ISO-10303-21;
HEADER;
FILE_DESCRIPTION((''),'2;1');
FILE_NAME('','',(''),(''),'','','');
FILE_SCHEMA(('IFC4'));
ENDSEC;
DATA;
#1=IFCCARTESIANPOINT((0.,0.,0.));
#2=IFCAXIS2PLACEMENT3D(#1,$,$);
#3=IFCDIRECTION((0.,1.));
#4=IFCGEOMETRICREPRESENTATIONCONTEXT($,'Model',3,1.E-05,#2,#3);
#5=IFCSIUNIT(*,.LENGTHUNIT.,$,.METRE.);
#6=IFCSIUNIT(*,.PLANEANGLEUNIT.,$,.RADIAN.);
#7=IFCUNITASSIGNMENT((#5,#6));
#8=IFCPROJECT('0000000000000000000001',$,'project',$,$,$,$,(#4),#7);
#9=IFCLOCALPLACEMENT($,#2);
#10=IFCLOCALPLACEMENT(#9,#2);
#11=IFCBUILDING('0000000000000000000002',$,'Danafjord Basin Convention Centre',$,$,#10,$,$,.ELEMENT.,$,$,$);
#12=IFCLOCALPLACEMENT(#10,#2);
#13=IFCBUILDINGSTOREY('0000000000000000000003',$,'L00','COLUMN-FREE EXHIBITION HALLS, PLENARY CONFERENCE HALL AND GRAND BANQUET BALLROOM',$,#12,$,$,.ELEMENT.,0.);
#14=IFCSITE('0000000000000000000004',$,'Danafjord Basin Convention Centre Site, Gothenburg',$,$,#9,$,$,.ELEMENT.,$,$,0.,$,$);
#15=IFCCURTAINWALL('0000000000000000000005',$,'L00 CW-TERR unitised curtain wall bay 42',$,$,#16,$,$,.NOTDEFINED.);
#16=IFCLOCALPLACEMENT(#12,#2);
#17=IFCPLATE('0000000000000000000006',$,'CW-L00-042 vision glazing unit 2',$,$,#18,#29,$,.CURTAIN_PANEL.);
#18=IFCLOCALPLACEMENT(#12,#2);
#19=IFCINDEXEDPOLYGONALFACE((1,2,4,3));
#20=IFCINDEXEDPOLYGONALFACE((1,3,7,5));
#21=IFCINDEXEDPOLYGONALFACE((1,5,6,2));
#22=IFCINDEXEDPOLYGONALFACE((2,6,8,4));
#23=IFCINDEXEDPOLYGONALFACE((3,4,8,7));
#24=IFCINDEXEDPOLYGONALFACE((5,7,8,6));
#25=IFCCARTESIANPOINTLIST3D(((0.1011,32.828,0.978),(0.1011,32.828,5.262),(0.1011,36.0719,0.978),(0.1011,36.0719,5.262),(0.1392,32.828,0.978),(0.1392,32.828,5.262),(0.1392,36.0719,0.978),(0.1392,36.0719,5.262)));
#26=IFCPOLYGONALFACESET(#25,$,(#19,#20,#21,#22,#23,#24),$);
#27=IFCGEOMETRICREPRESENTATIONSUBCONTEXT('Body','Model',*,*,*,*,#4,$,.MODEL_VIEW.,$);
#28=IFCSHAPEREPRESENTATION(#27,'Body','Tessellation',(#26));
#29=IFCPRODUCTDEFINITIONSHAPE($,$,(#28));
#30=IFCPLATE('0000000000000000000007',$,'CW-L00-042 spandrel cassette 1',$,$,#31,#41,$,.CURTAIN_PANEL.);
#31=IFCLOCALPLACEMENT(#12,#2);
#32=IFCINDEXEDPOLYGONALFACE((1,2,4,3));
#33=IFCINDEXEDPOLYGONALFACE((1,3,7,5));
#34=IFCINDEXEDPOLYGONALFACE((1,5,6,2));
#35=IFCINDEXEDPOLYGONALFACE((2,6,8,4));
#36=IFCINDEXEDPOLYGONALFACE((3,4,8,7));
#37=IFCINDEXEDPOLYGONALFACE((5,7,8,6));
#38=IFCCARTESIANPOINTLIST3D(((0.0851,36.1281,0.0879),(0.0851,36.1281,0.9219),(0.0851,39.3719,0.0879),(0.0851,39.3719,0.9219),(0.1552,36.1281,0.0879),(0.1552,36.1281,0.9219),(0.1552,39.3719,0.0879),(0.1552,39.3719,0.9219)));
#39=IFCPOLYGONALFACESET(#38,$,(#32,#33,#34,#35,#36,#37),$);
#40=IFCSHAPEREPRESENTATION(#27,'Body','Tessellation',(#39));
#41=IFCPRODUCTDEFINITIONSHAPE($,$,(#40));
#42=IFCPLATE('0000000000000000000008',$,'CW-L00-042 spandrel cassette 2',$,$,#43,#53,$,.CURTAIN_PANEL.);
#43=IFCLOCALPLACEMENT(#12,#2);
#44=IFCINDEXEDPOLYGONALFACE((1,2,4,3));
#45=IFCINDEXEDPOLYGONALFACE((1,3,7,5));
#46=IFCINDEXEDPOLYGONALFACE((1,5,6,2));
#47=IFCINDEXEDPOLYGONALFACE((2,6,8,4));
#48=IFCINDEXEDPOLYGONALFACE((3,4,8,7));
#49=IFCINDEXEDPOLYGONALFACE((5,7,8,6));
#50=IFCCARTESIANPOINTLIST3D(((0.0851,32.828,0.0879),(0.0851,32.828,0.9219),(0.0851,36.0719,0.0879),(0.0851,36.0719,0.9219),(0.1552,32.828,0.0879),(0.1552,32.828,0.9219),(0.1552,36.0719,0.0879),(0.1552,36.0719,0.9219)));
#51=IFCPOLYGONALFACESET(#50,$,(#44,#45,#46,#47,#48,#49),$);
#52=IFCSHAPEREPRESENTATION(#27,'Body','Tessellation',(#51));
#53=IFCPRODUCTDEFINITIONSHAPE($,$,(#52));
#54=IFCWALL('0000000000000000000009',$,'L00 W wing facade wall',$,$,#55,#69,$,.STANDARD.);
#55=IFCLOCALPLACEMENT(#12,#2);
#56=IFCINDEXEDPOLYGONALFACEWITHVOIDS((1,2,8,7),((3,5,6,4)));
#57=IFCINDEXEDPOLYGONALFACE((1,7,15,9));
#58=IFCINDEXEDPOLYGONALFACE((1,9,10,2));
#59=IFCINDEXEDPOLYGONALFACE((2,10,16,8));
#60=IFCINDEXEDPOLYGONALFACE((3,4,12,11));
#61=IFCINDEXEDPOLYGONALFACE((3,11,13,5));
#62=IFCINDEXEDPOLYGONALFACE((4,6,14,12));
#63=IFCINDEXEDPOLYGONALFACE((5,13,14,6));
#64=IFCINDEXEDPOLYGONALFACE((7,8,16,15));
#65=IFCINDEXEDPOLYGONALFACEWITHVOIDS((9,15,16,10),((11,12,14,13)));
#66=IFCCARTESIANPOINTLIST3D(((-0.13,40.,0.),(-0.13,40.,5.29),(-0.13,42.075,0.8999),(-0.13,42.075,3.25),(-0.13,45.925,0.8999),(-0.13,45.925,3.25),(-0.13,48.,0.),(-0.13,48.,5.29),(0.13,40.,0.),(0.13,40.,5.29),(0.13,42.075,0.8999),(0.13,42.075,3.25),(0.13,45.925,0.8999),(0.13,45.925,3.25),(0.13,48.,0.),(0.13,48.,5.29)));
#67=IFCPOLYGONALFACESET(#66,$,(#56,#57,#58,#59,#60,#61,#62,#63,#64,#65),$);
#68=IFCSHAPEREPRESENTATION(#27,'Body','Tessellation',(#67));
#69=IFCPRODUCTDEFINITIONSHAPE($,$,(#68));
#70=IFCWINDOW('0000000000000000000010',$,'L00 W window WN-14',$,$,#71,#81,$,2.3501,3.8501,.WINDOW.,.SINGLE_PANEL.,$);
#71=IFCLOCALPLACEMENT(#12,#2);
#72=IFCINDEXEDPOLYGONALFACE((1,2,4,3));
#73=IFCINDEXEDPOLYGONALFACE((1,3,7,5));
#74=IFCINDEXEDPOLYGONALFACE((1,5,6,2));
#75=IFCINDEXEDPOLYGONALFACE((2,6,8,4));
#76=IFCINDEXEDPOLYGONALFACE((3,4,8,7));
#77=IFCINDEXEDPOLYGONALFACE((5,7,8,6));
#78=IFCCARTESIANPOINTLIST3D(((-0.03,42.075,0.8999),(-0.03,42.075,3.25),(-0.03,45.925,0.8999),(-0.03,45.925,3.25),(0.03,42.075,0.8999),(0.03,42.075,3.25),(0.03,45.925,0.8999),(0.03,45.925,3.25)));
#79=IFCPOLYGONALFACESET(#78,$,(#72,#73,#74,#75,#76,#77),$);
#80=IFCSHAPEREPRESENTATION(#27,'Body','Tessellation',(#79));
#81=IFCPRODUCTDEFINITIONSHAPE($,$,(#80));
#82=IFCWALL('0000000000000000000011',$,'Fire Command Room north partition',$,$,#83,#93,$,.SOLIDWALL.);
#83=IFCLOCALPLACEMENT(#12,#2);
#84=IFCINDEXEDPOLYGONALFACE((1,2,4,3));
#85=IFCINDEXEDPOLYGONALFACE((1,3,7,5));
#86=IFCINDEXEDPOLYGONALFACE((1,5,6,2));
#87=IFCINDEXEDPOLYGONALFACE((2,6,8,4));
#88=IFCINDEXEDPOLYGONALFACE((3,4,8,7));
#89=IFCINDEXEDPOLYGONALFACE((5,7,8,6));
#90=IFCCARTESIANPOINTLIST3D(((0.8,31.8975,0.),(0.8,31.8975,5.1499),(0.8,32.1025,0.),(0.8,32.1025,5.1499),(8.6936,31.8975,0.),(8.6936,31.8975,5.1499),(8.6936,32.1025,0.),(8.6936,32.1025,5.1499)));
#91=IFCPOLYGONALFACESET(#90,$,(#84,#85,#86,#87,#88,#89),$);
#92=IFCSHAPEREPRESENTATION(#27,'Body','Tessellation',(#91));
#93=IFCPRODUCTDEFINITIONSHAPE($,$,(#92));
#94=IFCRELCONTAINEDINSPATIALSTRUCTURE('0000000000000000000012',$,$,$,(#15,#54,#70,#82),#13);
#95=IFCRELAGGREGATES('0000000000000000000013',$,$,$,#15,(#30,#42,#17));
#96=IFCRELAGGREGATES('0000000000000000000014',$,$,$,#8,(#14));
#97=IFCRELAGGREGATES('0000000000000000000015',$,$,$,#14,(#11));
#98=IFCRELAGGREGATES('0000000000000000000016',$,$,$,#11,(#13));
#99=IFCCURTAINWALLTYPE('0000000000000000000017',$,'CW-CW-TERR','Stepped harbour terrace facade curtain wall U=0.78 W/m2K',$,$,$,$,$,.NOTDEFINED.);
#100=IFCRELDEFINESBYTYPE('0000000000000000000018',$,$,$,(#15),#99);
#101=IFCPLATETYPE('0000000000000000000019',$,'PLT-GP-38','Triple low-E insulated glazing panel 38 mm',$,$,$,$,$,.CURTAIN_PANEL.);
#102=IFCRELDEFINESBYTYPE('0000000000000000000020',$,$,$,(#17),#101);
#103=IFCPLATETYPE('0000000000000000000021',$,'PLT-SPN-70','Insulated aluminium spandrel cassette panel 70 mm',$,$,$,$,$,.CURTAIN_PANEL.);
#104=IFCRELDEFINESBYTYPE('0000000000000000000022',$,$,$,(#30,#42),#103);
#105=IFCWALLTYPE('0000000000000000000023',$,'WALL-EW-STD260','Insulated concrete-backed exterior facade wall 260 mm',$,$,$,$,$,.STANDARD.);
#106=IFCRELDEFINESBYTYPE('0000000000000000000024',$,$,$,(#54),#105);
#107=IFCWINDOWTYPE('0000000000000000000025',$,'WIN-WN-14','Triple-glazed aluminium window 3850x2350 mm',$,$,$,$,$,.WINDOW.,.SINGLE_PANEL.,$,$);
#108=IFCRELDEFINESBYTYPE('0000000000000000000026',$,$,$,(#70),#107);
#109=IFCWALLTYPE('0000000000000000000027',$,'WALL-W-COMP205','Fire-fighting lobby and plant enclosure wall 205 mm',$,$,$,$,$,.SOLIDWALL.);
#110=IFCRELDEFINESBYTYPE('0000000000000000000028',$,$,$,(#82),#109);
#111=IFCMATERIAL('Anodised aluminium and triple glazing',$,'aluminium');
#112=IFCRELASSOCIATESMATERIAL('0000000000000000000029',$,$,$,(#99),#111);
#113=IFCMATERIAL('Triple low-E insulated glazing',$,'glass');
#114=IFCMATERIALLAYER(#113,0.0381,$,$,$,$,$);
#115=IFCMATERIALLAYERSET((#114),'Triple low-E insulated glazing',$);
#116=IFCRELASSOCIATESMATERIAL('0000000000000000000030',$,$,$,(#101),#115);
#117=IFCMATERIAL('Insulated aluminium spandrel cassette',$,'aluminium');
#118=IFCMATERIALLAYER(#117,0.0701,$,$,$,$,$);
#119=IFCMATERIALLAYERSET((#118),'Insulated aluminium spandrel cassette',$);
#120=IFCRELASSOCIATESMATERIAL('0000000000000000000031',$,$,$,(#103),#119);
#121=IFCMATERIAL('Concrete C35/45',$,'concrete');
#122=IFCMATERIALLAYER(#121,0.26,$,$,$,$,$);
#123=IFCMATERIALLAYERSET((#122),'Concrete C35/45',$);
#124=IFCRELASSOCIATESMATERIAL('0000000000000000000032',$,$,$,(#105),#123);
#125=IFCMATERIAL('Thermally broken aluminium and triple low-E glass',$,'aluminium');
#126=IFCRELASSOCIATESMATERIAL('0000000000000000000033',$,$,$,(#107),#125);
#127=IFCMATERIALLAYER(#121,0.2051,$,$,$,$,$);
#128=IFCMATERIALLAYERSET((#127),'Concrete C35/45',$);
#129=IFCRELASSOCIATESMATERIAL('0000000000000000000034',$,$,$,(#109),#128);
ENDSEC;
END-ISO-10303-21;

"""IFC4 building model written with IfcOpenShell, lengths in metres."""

from ifc_helpers import new_model, si_unit, direction, frame, frame_2d, origin, origin_2d, place, context, subcontext, project, spatial, rectangle, extrude, material, layer, layer_set, type_object, element, fill, aggregate, save


model = new_model("IFC4")

# Units and contexts
model_context = context("Model", 3, precision=1e-05, world=origin(), true_north=direction((0.0, 1.0)))
body_context = subcontext(model_context, "Body", "Model", "MODEL_VIEW")
ifc_project = project(units=[si_unit("LENGTHUNIT", "METRE"), si_unit("PLANEANGLEUNIT", "RADIAN")], contexts=[model_context])

# Site, building, storey
site_placement = place(None, origin())
site = spatial("IfcSite", under=ifc_project, at=site_placement, Name="Danafjord Basin Convention Centre Site, Gothenburg", CompositionType="ELEMENT", RefElevation=0.0)
building_placement = place(site_placement, origin())
building = spatial("IfcBuilding", under=site, at=building_placement, Name="Danafjord Basin Convention Centre", CompositionType="ELEMENT")
storey_placement = place(building_placement, origin())
storey = spatial("IfcBuildingStorey", under=building, at=storey_placement, Name="L00", Description="COLUMN-FREE EXHIBITION HALLS, PLENARY CONFERENCE HALL AND GRAND BANQUET BALLROOM", CompositionType="ELEMENT", Elevation=0.0)

# Curtain wall, plates
ifc_material_1 = material(Name="Anodised aluminium and triple glazing", Category="aluminium")
curtain_wall_type = type_object("IfcCurtainWallType", Name="CW-CW-TERR", Description="Stepped harbour terrace facade curtain wall U=0.78 W/m2K", PredefinedType="NOTDEFINED", material=ifc_material_1)
curtain_wall_placement = place(storey_placement, origin())
curtain_wall = element("IfcCurtainWall", 1, at=curtain_wall_placement, inside=storey, type_object=curtain_wall_type, Name="L00 CW-TERR unitised curtain wall bay 42", PredefinedType="NOTDEFINED")
ifc_material_2 = material(Name="Triple low-E insulated glazing", Category="glass")
ifc_layer_1 = layer(ifc_material_2, 0.0381)
ifc_layer_set_1 = layer_set([ifc_layer_1], Name="Triple low-E insulated glazing")
plate_type_1 = type_object("IfcPlateType", Name="PLT-GP-38", Description="Triple low-E insulated glazing panel 38 mm", PredefinedType="CURTAIN_PANEL", material=ifc_layer_set_1)
plate_1_placement = place(storey_placement, frame((0.1201, 34.45, 0.978), z_axis=(0.0, 0.0, 1.0), x_axis=(0.0, -1.0, 0.0)))
plate_1 = element("IfcPlate", 2, at=plate_1_placement, type_object=plate_type_1, Name="CW-L00-042 vision glazing unit 2", PredefinedType="CURTAIN_PANEL", context=body_context, shape_type="SweptSolid", body=[
    extrude(rectangle(XDim=3.2439, YDim=0.0381, at=origin_2d()), origin(), (0.0, 0.0, 1.0), 4.2839),
])
ifc_material_3 = material(Name="Insulated aluminium spandrel cassette", Category="aluminium")
ifc_layer_2 = layer(ifc_material_3, 0.0701)
ifc_layer_set_2 = layer_set([ifc_layer_2], Name="Insulated aluminium spandrel cassette")
plate_type_2 = type_object("IfcPlateType", Name="PLT-SPN-70", Description="Insulated aluminium spandrel cassette panel 70 mm", PredefinedType="CURTAIN_PANEL", material=ifc_layer_set_2)
plate_2_placement = place(storey_placement, frame((0.1201, 37.75, 0.0879), z_axis=(0.0, 0.0, 1.0), x_axis=(0.0, -1.0, 0.0)))
plate_2 = element("IfcPlate", 3, at=plate_2_placement, type_object=plate_type_2, Name="CW-L00-042 spandrel cassette 1", PredefinedType="CURTAIN_PANEL", context=body_context, shape_type="SweptSolid", body=[
    extrude(rectangle(XDim=3.2439, YDim=0.0701, at=origin_2d()), origin(), (0.0, 0.0, 1.0), 0.834),
])
plate_3_placement = place(storey_placement, frame((0.1201, 34.45, 0.0879), z_axis=(0.0, 0.0, 1.0), x_axis=(0.0, -1.0, 0.0)))
plate_3 = element("IfcPlate", 4, at=plate_3_placement, type_object=plate_type_2, Name="CW-L00-042 spandrel cassette 2", PredefinedType="CURTAIN_PANEL", context=body_context, shape_type="SweptSolid", body=[
    extrude(rectangle(XDim=3.2439, YDim=0.0701, at=origin_2d()), origin(), (0.0, 0.0, 1.0), 0.834),
])
aggregate(curtain_wall, [plate_2, plate_3, plate_1])

# Wall, opening, window
ifc_material_4 = material(Name="Concrete C35/45", Category="concrete")
ifc_layer_3 = layer(ifc_material_4, 0.26)
ifc_layer_set_3 = layer_set([ifc_layer_3], Name="Concrete C35/45")
wall_type_1 = type_object("IfcWallType", Name="WALL-EW-STD260", Description="Insulated concrete-backed exterior facade wall 260 mm", PredefinedType="STANDARD", material=ifc_layer_set_3)
wall_1_placement = place(storey_placement, frame((0.0, 40.0, 0.0), z_axis=(0.0, 0.0, 1.0), x_axis=(0.0, 1.0, 0.0)))
wall_1 = element("IfcWall", 5, at=wall_1_placement, inside=storey, type_object=wall_type_1, Name="L00 W wing facade wall", PredefinedType="STANDARD", context=body_context, shape_type="SweptSolid", body=[
    extrude(rectangle(XDim=8.0, YDim=0.26, at=frame_2d((4.0, 0.0))), origin(), (0.0, 0.0, 1.0), 5.29),
])
opening_placement = place(wall_1_placement, frame((2.075, 0.0, 0.8999)))
opening = element("IfcOpeningElement", 6, at=opening_placement, cuts=wall_1, PredefinedType="OPENING", context=body_context, shape_type="SweptSolid", body=[
    extrude(rectangle(XDim=3.8501, YDim=2.3501, at=frame_2d((1.925, 1.175))), frame((0.0, 0.1399, 0.0), z_axis=(0.0, -1.0, 0.0), x_axis=(1.0, 0.0, 0.0)), (0.0, 0.0, 1.0), 0.28),
])
ifc_material_5 = material(Name="Thermally broken aluminium and triple low-E glass", Category="aluminium")
window_type = type_object("IfcWindowType", Name="WIN-WN-14", Description="Triple-glazed aluminium window 3850x2350 mm", PartitioningType="SINGLE_PANEL", PredefinedType="WINDOW", material=ifc_material_5)
window_placement = place(opening_placement, origin())
window = element("IfcWindow", 7, at=window_placement, inside=storey, type_object=window_type, Name="L00 W window WN-14", OverallHeight=2.3501, OverallWidth=3.8501, PartitioningType="SINGLE_PANEL", PredefinedType="WINDOW", context=body_context, shape_type="SweptSolid", body=[
    extrude(rectangle(XDim=3.8501, YDim=2.3501, at=frame_2d((1.925, 1.175))), frame((0.0, 0.03, 0.0), z_axis=(0.0, -1.0, 0.0), x_axis=(1.0, 0.0, 0.0)), (0.0, 0.0, 1.0), 0.0601),
])
fill(opening, window)

# Wall
ifc_layer_4 = layer(ifc_material_4, 0.2051)
ifc_layer_set_4 = layer_set([ifc_layer_4], Name="Concrete C35/45")
wall_type_2 = type_object("IfcWallType", Name="WALL-W-COMP205", Description="Fire-fighting lobby and plant enclosure wall 205 mm", PredefinedType="SOLIDWALL", material=ifc_layer_set_4)
wall_2_placement = place(storey_placement, frame((8.6936, 32.0, 0.0), z_axis=(0.0, 0.0, 1.0), x_axis=(-1.0, 0.0, 0.0)))
element("IfcWall", 8, at=wall_2_placement, inside=storey, type_object=wall_type_2, Name="Fire Command Room north partition", PredefinedType="SOLIDWALL", context=body_context, shape_type="SweptSolid", body=[
    extrude(rectangle(XDim=7.8936, YDim=0.2051, at=frame_2d((3.9468, 0.0))), origin(), (0.0, 0.0, 1.0), 5.1499),
])

save(model, "model.ifc")
